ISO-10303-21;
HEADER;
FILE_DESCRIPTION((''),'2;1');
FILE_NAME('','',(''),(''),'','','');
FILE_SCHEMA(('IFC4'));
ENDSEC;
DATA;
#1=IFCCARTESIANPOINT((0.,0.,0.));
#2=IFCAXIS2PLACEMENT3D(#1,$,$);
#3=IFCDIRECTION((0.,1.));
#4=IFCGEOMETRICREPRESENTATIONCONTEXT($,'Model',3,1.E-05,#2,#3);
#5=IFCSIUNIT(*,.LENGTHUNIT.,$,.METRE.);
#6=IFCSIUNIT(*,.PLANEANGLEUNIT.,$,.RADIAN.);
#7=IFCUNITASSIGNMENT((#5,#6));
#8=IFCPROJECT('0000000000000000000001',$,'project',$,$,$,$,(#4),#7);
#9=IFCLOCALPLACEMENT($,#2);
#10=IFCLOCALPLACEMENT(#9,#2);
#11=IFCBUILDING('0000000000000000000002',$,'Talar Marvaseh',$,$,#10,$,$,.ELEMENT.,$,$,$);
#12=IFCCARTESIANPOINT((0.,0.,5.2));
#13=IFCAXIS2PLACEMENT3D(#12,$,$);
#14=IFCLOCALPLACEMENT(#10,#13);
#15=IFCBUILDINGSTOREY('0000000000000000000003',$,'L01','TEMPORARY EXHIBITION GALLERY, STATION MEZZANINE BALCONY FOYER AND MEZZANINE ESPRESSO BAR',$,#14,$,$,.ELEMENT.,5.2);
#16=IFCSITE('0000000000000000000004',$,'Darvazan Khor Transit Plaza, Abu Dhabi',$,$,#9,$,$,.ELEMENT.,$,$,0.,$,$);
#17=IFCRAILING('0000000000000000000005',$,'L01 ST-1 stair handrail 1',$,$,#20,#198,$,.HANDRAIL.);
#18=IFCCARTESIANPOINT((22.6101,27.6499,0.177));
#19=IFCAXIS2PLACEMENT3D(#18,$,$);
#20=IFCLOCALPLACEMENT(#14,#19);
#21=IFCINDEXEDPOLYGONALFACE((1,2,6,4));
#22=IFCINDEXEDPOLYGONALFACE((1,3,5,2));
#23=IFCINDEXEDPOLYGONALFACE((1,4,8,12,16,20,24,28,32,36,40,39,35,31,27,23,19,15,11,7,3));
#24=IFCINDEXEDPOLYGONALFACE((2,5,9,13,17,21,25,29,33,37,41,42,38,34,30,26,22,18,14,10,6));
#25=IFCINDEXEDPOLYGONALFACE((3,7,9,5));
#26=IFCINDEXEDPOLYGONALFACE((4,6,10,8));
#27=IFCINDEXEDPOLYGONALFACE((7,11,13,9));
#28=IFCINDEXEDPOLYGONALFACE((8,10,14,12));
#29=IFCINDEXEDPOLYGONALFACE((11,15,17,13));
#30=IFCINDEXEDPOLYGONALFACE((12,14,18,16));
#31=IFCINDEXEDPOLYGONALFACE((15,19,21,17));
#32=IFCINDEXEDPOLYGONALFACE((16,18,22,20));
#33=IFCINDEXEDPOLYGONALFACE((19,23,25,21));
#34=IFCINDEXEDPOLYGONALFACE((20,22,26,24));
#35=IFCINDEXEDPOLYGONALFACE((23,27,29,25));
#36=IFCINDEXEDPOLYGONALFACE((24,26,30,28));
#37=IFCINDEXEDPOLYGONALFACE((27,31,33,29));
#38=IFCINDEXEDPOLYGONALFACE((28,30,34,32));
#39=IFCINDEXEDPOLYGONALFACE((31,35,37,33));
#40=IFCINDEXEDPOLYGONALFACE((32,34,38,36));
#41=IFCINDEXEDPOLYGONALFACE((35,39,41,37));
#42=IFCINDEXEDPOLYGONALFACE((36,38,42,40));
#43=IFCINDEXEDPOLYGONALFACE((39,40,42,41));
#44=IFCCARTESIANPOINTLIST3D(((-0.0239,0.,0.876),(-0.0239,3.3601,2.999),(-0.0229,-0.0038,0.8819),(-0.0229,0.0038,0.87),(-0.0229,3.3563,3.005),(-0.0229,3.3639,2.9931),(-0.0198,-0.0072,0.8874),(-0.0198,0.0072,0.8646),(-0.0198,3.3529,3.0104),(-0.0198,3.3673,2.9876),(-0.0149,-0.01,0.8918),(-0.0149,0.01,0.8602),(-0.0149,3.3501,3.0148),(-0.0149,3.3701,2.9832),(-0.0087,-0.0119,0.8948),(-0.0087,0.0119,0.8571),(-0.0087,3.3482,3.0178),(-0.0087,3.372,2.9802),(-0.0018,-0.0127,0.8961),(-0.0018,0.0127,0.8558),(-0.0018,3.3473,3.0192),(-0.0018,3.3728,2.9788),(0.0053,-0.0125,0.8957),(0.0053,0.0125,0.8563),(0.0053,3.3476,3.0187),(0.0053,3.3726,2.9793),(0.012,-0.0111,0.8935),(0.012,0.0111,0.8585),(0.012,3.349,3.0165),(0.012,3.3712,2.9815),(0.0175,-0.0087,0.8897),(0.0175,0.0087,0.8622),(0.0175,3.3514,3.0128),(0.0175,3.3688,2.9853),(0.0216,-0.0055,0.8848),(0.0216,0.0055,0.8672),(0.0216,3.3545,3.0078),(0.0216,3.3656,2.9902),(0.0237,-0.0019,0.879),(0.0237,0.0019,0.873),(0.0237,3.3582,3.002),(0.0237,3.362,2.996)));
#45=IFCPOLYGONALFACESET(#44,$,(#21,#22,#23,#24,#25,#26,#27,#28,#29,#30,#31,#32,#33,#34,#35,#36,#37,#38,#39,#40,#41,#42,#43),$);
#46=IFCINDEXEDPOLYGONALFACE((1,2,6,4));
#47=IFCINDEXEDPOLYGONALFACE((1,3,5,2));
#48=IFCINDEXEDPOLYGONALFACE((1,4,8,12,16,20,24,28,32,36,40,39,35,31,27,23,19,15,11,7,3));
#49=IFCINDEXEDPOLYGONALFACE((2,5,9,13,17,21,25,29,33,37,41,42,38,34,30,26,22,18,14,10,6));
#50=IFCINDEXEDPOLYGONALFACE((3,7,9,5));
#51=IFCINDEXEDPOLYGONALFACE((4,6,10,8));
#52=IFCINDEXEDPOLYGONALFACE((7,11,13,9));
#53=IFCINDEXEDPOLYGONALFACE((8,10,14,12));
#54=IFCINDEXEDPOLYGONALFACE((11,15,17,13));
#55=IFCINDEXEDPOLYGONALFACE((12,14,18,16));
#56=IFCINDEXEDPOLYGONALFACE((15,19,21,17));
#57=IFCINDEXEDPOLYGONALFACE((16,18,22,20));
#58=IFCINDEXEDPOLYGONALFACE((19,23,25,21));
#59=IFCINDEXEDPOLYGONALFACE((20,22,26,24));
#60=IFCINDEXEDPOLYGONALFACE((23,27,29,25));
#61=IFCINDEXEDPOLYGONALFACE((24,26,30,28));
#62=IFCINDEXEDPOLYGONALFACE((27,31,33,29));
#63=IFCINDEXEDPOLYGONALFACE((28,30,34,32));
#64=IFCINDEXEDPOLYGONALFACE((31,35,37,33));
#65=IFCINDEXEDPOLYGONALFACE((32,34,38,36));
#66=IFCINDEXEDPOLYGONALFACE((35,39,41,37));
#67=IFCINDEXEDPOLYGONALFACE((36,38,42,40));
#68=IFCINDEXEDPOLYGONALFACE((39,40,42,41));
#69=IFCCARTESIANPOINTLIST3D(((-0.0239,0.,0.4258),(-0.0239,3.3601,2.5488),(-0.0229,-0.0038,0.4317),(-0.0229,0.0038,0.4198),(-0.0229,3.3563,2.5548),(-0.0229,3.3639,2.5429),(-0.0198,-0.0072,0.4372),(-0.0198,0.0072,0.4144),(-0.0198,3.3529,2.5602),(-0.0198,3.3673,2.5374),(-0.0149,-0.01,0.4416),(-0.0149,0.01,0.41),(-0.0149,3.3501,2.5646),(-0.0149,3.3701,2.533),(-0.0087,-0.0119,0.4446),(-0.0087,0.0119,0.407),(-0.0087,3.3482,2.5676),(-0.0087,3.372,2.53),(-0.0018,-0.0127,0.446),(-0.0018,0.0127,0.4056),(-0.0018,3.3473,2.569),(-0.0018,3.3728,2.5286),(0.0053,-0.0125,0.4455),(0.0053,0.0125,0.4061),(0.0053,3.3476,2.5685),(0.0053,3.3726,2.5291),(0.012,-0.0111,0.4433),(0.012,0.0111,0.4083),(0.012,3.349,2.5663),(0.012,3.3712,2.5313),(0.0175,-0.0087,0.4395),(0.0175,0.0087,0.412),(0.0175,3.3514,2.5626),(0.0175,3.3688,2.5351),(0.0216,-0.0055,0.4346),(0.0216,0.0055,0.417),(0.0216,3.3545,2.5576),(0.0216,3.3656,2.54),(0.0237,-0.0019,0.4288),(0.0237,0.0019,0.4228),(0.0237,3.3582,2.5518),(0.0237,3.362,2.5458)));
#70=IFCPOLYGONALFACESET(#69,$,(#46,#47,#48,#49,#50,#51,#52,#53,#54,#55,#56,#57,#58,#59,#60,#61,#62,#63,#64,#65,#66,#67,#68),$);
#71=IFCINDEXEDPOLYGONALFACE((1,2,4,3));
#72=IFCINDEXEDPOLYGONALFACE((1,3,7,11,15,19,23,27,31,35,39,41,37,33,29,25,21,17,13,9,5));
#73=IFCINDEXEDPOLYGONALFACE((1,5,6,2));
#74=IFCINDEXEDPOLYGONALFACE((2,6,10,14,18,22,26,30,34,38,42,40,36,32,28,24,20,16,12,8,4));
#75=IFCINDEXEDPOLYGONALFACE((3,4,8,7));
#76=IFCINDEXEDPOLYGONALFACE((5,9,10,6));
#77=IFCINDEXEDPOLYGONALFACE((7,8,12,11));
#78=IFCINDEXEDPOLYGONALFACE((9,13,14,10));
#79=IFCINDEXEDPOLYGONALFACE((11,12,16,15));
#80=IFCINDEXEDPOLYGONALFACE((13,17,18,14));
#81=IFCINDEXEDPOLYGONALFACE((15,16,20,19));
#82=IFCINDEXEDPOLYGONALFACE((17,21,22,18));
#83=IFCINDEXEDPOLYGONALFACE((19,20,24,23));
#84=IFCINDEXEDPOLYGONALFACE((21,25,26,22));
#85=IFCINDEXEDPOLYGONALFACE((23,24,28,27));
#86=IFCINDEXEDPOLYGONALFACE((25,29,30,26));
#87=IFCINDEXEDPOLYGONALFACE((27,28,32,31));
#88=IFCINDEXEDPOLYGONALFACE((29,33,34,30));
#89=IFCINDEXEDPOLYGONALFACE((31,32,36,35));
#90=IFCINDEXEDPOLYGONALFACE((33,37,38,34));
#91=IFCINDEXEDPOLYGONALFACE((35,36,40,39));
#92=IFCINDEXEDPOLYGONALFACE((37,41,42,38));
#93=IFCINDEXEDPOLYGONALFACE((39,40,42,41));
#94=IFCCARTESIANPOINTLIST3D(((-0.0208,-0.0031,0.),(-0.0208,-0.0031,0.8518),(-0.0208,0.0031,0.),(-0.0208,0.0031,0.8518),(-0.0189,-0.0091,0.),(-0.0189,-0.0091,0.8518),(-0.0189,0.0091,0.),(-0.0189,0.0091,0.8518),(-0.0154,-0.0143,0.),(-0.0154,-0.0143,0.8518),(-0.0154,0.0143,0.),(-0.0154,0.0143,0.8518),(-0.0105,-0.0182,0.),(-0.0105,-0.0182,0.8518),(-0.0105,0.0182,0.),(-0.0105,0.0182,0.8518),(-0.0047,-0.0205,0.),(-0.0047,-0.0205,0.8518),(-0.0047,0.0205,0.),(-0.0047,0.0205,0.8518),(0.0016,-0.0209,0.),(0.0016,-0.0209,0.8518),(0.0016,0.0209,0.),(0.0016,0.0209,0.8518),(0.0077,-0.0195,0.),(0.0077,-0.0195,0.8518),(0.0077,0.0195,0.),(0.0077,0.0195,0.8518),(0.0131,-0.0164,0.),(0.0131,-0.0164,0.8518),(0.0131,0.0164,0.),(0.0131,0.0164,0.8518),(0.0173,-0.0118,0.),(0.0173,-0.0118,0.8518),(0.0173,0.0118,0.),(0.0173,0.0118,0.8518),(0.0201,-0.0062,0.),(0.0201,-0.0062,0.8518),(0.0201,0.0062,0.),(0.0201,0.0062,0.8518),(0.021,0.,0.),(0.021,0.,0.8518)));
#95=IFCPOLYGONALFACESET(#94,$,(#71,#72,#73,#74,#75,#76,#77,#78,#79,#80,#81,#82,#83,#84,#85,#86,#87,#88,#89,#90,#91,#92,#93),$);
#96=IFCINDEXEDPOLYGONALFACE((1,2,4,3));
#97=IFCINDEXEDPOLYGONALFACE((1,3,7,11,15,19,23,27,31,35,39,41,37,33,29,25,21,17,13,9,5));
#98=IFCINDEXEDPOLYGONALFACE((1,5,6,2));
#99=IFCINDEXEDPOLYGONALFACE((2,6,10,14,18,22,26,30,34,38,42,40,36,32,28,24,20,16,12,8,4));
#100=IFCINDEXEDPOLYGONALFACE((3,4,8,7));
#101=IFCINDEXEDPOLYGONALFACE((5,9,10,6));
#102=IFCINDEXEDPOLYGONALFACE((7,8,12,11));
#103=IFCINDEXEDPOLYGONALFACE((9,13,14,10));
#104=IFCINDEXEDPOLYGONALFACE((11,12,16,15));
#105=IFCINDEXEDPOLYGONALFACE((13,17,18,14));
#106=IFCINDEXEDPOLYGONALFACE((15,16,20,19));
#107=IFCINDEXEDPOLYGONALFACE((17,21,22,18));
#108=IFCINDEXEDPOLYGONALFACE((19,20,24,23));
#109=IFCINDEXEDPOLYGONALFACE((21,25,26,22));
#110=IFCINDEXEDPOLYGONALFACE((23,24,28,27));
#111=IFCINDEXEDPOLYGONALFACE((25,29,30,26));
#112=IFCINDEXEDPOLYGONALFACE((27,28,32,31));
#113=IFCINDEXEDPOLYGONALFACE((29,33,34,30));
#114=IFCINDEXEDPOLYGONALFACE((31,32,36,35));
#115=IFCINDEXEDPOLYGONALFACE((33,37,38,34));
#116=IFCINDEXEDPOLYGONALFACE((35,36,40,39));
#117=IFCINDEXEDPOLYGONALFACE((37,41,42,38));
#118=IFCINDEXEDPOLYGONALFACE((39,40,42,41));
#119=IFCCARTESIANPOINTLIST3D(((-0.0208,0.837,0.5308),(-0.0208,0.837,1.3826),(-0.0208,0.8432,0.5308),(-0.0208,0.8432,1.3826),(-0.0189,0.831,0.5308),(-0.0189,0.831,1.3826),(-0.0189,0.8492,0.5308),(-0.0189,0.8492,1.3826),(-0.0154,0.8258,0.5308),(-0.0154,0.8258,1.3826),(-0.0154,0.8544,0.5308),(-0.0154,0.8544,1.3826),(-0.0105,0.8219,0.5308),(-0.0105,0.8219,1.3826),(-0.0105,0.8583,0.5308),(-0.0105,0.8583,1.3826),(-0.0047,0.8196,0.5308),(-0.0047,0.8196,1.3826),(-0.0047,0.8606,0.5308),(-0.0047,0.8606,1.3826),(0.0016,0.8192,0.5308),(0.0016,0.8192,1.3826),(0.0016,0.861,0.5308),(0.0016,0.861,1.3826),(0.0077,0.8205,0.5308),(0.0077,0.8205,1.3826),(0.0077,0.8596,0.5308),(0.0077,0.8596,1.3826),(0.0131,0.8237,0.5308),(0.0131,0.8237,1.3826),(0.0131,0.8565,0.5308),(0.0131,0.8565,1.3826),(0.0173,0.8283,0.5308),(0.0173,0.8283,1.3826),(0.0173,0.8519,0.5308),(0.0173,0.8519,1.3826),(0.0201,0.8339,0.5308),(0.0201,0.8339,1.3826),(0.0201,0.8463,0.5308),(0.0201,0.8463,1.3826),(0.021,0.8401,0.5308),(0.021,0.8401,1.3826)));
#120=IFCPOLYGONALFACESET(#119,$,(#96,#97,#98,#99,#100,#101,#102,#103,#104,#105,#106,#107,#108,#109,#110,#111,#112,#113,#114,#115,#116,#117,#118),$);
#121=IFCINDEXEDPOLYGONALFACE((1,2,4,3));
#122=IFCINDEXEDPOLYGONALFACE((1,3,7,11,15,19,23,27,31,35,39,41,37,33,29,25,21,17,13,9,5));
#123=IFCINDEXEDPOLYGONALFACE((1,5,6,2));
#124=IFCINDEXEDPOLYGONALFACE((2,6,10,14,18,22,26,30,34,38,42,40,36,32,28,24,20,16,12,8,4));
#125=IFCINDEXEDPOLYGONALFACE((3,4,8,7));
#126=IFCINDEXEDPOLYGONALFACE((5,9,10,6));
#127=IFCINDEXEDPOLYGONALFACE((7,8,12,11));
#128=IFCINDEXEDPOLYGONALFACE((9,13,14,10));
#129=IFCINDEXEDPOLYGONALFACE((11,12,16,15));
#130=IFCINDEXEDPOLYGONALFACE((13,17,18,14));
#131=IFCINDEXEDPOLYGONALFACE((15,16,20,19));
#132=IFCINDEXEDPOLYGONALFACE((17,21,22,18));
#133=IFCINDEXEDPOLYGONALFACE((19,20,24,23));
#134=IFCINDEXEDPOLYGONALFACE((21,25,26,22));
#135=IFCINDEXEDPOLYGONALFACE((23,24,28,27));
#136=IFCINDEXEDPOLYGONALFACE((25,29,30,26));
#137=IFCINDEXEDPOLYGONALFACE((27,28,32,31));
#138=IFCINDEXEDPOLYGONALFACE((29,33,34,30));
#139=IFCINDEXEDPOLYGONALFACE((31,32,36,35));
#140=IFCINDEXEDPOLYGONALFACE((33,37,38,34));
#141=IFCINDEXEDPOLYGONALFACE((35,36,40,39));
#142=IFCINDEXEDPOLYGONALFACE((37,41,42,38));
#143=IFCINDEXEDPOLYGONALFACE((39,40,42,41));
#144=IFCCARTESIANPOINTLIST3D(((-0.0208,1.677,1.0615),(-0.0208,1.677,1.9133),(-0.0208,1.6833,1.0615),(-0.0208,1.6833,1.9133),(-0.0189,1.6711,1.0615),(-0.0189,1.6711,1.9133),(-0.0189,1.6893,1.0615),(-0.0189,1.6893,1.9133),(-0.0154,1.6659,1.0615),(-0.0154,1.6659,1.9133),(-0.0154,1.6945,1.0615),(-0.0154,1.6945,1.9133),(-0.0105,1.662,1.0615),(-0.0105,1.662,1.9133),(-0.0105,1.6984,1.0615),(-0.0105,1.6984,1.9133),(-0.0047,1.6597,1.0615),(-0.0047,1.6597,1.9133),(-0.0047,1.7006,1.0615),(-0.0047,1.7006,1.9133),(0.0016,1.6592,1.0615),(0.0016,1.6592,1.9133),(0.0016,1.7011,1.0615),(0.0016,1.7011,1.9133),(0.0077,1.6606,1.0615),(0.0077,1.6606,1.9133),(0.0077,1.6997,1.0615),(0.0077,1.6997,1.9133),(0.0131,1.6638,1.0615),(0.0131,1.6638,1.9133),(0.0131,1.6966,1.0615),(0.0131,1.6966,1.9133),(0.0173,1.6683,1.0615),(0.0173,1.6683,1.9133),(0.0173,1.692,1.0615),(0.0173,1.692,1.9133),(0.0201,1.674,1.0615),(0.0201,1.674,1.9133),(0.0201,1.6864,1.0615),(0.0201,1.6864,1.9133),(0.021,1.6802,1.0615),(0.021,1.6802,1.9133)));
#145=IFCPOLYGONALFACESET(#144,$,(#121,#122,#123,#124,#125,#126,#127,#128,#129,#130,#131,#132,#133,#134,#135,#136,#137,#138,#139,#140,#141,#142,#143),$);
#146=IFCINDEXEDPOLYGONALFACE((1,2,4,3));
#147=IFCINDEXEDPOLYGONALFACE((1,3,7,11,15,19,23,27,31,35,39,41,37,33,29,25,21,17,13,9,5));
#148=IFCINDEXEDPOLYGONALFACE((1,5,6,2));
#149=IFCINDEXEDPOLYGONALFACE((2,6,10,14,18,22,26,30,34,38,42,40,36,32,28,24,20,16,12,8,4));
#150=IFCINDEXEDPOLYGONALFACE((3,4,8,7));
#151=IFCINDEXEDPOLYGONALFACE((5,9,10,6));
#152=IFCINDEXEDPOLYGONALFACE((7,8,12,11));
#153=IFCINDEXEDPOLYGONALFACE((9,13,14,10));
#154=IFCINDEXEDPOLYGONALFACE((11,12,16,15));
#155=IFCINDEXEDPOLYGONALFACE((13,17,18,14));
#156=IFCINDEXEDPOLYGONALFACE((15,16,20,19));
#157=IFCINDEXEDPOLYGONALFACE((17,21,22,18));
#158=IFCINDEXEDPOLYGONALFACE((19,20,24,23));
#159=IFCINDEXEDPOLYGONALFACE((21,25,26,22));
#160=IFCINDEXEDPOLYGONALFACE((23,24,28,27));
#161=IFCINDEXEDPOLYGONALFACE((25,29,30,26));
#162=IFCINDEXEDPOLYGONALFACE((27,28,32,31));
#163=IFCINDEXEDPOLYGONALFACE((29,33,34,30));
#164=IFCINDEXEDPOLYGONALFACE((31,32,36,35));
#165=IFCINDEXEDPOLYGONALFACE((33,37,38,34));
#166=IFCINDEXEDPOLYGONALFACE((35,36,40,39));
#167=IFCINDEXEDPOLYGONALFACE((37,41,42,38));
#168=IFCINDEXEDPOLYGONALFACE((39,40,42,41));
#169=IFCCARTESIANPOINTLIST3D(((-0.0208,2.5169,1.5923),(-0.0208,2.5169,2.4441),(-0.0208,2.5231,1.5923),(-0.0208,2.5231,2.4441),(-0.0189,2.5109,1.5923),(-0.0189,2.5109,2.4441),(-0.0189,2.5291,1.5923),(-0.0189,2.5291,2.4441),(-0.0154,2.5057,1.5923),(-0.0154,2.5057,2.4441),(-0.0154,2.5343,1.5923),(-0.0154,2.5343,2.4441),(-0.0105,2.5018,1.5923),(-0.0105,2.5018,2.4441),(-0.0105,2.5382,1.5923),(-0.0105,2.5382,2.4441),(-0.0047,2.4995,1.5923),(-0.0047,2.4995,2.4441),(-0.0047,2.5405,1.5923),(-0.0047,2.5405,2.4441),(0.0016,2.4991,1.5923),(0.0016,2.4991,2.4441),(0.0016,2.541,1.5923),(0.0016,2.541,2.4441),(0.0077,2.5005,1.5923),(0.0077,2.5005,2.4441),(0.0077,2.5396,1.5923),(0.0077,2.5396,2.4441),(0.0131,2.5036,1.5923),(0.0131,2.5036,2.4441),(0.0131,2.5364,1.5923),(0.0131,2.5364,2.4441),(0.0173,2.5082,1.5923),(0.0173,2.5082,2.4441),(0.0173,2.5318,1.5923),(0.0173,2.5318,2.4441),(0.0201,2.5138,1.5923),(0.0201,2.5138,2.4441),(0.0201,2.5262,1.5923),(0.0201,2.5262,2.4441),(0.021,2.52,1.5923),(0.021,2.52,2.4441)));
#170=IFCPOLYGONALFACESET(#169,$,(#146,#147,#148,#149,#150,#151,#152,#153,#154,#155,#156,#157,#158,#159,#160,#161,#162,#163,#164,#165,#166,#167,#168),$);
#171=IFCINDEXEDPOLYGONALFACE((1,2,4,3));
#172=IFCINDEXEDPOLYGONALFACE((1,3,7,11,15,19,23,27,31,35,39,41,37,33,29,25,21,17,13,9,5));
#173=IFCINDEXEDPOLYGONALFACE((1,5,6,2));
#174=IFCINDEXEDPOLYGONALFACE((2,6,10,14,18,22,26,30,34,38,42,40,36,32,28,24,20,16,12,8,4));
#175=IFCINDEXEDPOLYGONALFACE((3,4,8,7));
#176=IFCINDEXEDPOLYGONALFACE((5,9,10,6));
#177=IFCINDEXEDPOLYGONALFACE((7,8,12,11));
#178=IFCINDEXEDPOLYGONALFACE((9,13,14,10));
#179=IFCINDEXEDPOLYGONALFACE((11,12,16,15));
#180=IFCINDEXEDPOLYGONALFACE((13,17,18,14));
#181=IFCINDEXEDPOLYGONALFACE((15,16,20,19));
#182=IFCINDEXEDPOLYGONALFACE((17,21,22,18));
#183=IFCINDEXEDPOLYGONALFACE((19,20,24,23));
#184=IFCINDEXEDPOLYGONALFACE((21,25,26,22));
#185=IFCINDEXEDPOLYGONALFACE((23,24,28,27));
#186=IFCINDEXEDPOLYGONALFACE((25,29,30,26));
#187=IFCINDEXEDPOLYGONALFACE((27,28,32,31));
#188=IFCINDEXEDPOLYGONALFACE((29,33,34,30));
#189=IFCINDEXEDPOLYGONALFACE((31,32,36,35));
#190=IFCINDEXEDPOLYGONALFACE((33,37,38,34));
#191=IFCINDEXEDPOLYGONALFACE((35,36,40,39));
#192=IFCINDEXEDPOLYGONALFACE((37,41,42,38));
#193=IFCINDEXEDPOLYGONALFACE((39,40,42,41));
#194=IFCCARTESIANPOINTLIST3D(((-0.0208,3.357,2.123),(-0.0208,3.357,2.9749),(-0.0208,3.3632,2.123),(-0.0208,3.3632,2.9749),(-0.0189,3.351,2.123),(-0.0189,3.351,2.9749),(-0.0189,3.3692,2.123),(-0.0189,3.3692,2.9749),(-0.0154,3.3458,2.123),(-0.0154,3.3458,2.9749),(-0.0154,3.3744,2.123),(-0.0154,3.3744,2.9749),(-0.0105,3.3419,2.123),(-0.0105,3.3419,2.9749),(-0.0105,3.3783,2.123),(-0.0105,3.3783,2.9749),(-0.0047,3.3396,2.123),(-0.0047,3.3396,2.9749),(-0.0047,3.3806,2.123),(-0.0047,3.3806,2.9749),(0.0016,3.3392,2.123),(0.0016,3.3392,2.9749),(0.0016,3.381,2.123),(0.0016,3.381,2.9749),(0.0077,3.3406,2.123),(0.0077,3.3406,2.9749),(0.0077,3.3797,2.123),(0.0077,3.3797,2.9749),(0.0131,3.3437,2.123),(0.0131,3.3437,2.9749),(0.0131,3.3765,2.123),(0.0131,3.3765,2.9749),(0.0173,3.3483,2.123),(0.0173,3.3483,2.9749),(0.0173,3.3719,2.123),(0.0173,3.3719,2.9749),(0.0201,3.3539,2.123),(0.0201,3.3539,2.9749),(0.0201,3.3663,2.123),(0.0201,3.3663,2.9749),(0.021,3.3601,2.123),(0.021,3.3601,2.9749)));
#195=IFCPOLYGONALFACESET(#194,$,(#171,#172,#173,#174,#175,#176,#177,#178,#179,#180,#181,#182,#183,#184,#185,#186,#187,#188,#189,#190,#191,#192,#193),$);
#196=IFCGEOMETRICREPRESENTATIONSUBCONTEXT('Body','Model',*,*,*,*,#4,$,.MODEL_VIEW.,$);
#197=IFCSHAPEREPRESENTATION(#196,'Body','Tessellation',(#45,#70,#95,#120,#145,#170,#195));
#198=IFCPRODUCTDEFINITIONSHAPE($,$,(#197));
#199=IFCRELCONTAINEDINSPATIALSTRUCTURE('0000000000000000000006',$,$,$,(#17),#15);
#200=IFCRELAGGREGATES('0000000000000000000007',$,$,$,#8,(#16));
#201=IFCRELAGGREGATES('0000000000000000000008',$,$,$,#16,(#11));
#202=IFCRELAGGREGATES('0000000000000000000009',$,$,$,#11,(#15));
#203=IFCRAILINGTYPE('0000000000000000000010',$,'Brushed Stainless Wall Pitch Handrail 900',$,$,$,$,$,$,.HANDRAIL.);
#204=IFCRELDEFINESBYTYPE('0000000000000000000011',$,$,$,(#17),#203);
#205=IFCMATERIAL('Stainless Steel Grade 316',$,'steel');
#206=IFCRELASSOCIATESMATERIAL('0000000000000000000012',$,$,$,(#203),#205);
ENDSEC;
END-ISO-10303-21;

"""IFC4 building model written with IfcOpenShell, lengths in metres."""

from ifc_helpers import new_model, si_unit, direction, frame, origin, origin_2d, place, context, subcontext, project, spatial, circle, extrude, material, type_object, element, save


model = new_model("IFC4")

# Units and contexts
model_context = context("Model", 3, precision=1e-05, world=origin(), true_north=direction((0.0, 1.0)))
body_context = subcontext(model_context, "Body", "Model", "MODEL_VIEW")
ifc_project = project(units=[si_unit("LENGTHUNIT", "METRE"), si_unit("PLANEANGLEUNIT", "RADIAN")], contexts=[model_context])

# Site, building, storey
site_placement = place(None, origin())
site = spatial("IfcSite", under=ifc_project, at=site_placement, Name="Darvazan Khor Transit Plaza, Abu Dhabi", CompositionType="ELEMENT", RefElevation=0.0)
building_placement = place(site_placement, origin())
building = spatial("IfcBuilding", under=site, at=building_placement, Name="Talar Marvaseh", CompositionType="ELEMENT")
storey_placement = place(building_placement, frame((0.0, 0.0, 5.2)))
storey = spatial("IfcBuildingStorey", under=building, at=storey_placement, Name="L01", Description="TEMPORARY EXHIBITION GALLERY, STATION MEZZANINE BALCONY FOYER AND MEZZANINE ESPRESSO BAR", CompositionType="ELEMENT", Elevation=5.2)

# Shared definitions
ifc_material_1 = material(Name="Stainless Steel Grade 316", Category="steel")

# Railing
railing_type_1 = type_object("IfcRailingType", Name="Brushed Stainless Wall Pitch Handrail 900", PredefinedType="HANDRAIL", material=ifc_material_1)
railing_1_placement = place(storey_placement, frame((22.6101, 27.6499, 0.177)))
element("IfcRailing", 1, at=railing_1_placement, inside=storey, type_object=railing_type_1, Name="L01 ST-1 stair handrail 1", PredefinedType="HANDRAIL", context=body_context, shape_type="SweptSolid", body=[
    extrude(circle(Radius=0.0239, at=origin_2d()), frame((0.0, 0.0, 0.876), z_axis=(0.0, 0.84539, 0.53415), x_axis=(-1.0, 0.0, 0.0)), (0.0, 0.0, 1.0), 3.9746),
    extrude(circle(Radius=0.0239, at=origin_2d()), frame((0.0, 0.0, 0.4258), z_axis=(0.0, 0.84539, 0.53415), x_axis=(-1.0, 0.0, 0.0)), (0.0, 0.0, 1.0), 3.9746),
    extrude(circle(Radius=0.021, at=origin_2d()), origin(), (0.0, 0.0, 1.0), 0.8518),
    extrude(circle(Radius=0.021, at=origin_2d()), frame((0.0, 0.8401, 0.5308)), (0.0, 0.0, 1.0), 0.8518),
    extrude(circle(Radius=0.021, at=origin_2d()), frame((0.0, 1.6802, 1.0615)), (0.0, 0.0, 1.0), 0.8518),
    extrude(circle(Radius=0.021, at=origin_2d()), frame((0.0, 2.52, 1.5923)), (0.0, 0.0, 1.0), 0.8518),
    extrude(circle(Radius=0.021, at=origin_2d()), frame((0.0, 3.3601, 2.123)), (0.0, 0.0, 1.0), 0.8518),
])

save(model, "model.ifc")
